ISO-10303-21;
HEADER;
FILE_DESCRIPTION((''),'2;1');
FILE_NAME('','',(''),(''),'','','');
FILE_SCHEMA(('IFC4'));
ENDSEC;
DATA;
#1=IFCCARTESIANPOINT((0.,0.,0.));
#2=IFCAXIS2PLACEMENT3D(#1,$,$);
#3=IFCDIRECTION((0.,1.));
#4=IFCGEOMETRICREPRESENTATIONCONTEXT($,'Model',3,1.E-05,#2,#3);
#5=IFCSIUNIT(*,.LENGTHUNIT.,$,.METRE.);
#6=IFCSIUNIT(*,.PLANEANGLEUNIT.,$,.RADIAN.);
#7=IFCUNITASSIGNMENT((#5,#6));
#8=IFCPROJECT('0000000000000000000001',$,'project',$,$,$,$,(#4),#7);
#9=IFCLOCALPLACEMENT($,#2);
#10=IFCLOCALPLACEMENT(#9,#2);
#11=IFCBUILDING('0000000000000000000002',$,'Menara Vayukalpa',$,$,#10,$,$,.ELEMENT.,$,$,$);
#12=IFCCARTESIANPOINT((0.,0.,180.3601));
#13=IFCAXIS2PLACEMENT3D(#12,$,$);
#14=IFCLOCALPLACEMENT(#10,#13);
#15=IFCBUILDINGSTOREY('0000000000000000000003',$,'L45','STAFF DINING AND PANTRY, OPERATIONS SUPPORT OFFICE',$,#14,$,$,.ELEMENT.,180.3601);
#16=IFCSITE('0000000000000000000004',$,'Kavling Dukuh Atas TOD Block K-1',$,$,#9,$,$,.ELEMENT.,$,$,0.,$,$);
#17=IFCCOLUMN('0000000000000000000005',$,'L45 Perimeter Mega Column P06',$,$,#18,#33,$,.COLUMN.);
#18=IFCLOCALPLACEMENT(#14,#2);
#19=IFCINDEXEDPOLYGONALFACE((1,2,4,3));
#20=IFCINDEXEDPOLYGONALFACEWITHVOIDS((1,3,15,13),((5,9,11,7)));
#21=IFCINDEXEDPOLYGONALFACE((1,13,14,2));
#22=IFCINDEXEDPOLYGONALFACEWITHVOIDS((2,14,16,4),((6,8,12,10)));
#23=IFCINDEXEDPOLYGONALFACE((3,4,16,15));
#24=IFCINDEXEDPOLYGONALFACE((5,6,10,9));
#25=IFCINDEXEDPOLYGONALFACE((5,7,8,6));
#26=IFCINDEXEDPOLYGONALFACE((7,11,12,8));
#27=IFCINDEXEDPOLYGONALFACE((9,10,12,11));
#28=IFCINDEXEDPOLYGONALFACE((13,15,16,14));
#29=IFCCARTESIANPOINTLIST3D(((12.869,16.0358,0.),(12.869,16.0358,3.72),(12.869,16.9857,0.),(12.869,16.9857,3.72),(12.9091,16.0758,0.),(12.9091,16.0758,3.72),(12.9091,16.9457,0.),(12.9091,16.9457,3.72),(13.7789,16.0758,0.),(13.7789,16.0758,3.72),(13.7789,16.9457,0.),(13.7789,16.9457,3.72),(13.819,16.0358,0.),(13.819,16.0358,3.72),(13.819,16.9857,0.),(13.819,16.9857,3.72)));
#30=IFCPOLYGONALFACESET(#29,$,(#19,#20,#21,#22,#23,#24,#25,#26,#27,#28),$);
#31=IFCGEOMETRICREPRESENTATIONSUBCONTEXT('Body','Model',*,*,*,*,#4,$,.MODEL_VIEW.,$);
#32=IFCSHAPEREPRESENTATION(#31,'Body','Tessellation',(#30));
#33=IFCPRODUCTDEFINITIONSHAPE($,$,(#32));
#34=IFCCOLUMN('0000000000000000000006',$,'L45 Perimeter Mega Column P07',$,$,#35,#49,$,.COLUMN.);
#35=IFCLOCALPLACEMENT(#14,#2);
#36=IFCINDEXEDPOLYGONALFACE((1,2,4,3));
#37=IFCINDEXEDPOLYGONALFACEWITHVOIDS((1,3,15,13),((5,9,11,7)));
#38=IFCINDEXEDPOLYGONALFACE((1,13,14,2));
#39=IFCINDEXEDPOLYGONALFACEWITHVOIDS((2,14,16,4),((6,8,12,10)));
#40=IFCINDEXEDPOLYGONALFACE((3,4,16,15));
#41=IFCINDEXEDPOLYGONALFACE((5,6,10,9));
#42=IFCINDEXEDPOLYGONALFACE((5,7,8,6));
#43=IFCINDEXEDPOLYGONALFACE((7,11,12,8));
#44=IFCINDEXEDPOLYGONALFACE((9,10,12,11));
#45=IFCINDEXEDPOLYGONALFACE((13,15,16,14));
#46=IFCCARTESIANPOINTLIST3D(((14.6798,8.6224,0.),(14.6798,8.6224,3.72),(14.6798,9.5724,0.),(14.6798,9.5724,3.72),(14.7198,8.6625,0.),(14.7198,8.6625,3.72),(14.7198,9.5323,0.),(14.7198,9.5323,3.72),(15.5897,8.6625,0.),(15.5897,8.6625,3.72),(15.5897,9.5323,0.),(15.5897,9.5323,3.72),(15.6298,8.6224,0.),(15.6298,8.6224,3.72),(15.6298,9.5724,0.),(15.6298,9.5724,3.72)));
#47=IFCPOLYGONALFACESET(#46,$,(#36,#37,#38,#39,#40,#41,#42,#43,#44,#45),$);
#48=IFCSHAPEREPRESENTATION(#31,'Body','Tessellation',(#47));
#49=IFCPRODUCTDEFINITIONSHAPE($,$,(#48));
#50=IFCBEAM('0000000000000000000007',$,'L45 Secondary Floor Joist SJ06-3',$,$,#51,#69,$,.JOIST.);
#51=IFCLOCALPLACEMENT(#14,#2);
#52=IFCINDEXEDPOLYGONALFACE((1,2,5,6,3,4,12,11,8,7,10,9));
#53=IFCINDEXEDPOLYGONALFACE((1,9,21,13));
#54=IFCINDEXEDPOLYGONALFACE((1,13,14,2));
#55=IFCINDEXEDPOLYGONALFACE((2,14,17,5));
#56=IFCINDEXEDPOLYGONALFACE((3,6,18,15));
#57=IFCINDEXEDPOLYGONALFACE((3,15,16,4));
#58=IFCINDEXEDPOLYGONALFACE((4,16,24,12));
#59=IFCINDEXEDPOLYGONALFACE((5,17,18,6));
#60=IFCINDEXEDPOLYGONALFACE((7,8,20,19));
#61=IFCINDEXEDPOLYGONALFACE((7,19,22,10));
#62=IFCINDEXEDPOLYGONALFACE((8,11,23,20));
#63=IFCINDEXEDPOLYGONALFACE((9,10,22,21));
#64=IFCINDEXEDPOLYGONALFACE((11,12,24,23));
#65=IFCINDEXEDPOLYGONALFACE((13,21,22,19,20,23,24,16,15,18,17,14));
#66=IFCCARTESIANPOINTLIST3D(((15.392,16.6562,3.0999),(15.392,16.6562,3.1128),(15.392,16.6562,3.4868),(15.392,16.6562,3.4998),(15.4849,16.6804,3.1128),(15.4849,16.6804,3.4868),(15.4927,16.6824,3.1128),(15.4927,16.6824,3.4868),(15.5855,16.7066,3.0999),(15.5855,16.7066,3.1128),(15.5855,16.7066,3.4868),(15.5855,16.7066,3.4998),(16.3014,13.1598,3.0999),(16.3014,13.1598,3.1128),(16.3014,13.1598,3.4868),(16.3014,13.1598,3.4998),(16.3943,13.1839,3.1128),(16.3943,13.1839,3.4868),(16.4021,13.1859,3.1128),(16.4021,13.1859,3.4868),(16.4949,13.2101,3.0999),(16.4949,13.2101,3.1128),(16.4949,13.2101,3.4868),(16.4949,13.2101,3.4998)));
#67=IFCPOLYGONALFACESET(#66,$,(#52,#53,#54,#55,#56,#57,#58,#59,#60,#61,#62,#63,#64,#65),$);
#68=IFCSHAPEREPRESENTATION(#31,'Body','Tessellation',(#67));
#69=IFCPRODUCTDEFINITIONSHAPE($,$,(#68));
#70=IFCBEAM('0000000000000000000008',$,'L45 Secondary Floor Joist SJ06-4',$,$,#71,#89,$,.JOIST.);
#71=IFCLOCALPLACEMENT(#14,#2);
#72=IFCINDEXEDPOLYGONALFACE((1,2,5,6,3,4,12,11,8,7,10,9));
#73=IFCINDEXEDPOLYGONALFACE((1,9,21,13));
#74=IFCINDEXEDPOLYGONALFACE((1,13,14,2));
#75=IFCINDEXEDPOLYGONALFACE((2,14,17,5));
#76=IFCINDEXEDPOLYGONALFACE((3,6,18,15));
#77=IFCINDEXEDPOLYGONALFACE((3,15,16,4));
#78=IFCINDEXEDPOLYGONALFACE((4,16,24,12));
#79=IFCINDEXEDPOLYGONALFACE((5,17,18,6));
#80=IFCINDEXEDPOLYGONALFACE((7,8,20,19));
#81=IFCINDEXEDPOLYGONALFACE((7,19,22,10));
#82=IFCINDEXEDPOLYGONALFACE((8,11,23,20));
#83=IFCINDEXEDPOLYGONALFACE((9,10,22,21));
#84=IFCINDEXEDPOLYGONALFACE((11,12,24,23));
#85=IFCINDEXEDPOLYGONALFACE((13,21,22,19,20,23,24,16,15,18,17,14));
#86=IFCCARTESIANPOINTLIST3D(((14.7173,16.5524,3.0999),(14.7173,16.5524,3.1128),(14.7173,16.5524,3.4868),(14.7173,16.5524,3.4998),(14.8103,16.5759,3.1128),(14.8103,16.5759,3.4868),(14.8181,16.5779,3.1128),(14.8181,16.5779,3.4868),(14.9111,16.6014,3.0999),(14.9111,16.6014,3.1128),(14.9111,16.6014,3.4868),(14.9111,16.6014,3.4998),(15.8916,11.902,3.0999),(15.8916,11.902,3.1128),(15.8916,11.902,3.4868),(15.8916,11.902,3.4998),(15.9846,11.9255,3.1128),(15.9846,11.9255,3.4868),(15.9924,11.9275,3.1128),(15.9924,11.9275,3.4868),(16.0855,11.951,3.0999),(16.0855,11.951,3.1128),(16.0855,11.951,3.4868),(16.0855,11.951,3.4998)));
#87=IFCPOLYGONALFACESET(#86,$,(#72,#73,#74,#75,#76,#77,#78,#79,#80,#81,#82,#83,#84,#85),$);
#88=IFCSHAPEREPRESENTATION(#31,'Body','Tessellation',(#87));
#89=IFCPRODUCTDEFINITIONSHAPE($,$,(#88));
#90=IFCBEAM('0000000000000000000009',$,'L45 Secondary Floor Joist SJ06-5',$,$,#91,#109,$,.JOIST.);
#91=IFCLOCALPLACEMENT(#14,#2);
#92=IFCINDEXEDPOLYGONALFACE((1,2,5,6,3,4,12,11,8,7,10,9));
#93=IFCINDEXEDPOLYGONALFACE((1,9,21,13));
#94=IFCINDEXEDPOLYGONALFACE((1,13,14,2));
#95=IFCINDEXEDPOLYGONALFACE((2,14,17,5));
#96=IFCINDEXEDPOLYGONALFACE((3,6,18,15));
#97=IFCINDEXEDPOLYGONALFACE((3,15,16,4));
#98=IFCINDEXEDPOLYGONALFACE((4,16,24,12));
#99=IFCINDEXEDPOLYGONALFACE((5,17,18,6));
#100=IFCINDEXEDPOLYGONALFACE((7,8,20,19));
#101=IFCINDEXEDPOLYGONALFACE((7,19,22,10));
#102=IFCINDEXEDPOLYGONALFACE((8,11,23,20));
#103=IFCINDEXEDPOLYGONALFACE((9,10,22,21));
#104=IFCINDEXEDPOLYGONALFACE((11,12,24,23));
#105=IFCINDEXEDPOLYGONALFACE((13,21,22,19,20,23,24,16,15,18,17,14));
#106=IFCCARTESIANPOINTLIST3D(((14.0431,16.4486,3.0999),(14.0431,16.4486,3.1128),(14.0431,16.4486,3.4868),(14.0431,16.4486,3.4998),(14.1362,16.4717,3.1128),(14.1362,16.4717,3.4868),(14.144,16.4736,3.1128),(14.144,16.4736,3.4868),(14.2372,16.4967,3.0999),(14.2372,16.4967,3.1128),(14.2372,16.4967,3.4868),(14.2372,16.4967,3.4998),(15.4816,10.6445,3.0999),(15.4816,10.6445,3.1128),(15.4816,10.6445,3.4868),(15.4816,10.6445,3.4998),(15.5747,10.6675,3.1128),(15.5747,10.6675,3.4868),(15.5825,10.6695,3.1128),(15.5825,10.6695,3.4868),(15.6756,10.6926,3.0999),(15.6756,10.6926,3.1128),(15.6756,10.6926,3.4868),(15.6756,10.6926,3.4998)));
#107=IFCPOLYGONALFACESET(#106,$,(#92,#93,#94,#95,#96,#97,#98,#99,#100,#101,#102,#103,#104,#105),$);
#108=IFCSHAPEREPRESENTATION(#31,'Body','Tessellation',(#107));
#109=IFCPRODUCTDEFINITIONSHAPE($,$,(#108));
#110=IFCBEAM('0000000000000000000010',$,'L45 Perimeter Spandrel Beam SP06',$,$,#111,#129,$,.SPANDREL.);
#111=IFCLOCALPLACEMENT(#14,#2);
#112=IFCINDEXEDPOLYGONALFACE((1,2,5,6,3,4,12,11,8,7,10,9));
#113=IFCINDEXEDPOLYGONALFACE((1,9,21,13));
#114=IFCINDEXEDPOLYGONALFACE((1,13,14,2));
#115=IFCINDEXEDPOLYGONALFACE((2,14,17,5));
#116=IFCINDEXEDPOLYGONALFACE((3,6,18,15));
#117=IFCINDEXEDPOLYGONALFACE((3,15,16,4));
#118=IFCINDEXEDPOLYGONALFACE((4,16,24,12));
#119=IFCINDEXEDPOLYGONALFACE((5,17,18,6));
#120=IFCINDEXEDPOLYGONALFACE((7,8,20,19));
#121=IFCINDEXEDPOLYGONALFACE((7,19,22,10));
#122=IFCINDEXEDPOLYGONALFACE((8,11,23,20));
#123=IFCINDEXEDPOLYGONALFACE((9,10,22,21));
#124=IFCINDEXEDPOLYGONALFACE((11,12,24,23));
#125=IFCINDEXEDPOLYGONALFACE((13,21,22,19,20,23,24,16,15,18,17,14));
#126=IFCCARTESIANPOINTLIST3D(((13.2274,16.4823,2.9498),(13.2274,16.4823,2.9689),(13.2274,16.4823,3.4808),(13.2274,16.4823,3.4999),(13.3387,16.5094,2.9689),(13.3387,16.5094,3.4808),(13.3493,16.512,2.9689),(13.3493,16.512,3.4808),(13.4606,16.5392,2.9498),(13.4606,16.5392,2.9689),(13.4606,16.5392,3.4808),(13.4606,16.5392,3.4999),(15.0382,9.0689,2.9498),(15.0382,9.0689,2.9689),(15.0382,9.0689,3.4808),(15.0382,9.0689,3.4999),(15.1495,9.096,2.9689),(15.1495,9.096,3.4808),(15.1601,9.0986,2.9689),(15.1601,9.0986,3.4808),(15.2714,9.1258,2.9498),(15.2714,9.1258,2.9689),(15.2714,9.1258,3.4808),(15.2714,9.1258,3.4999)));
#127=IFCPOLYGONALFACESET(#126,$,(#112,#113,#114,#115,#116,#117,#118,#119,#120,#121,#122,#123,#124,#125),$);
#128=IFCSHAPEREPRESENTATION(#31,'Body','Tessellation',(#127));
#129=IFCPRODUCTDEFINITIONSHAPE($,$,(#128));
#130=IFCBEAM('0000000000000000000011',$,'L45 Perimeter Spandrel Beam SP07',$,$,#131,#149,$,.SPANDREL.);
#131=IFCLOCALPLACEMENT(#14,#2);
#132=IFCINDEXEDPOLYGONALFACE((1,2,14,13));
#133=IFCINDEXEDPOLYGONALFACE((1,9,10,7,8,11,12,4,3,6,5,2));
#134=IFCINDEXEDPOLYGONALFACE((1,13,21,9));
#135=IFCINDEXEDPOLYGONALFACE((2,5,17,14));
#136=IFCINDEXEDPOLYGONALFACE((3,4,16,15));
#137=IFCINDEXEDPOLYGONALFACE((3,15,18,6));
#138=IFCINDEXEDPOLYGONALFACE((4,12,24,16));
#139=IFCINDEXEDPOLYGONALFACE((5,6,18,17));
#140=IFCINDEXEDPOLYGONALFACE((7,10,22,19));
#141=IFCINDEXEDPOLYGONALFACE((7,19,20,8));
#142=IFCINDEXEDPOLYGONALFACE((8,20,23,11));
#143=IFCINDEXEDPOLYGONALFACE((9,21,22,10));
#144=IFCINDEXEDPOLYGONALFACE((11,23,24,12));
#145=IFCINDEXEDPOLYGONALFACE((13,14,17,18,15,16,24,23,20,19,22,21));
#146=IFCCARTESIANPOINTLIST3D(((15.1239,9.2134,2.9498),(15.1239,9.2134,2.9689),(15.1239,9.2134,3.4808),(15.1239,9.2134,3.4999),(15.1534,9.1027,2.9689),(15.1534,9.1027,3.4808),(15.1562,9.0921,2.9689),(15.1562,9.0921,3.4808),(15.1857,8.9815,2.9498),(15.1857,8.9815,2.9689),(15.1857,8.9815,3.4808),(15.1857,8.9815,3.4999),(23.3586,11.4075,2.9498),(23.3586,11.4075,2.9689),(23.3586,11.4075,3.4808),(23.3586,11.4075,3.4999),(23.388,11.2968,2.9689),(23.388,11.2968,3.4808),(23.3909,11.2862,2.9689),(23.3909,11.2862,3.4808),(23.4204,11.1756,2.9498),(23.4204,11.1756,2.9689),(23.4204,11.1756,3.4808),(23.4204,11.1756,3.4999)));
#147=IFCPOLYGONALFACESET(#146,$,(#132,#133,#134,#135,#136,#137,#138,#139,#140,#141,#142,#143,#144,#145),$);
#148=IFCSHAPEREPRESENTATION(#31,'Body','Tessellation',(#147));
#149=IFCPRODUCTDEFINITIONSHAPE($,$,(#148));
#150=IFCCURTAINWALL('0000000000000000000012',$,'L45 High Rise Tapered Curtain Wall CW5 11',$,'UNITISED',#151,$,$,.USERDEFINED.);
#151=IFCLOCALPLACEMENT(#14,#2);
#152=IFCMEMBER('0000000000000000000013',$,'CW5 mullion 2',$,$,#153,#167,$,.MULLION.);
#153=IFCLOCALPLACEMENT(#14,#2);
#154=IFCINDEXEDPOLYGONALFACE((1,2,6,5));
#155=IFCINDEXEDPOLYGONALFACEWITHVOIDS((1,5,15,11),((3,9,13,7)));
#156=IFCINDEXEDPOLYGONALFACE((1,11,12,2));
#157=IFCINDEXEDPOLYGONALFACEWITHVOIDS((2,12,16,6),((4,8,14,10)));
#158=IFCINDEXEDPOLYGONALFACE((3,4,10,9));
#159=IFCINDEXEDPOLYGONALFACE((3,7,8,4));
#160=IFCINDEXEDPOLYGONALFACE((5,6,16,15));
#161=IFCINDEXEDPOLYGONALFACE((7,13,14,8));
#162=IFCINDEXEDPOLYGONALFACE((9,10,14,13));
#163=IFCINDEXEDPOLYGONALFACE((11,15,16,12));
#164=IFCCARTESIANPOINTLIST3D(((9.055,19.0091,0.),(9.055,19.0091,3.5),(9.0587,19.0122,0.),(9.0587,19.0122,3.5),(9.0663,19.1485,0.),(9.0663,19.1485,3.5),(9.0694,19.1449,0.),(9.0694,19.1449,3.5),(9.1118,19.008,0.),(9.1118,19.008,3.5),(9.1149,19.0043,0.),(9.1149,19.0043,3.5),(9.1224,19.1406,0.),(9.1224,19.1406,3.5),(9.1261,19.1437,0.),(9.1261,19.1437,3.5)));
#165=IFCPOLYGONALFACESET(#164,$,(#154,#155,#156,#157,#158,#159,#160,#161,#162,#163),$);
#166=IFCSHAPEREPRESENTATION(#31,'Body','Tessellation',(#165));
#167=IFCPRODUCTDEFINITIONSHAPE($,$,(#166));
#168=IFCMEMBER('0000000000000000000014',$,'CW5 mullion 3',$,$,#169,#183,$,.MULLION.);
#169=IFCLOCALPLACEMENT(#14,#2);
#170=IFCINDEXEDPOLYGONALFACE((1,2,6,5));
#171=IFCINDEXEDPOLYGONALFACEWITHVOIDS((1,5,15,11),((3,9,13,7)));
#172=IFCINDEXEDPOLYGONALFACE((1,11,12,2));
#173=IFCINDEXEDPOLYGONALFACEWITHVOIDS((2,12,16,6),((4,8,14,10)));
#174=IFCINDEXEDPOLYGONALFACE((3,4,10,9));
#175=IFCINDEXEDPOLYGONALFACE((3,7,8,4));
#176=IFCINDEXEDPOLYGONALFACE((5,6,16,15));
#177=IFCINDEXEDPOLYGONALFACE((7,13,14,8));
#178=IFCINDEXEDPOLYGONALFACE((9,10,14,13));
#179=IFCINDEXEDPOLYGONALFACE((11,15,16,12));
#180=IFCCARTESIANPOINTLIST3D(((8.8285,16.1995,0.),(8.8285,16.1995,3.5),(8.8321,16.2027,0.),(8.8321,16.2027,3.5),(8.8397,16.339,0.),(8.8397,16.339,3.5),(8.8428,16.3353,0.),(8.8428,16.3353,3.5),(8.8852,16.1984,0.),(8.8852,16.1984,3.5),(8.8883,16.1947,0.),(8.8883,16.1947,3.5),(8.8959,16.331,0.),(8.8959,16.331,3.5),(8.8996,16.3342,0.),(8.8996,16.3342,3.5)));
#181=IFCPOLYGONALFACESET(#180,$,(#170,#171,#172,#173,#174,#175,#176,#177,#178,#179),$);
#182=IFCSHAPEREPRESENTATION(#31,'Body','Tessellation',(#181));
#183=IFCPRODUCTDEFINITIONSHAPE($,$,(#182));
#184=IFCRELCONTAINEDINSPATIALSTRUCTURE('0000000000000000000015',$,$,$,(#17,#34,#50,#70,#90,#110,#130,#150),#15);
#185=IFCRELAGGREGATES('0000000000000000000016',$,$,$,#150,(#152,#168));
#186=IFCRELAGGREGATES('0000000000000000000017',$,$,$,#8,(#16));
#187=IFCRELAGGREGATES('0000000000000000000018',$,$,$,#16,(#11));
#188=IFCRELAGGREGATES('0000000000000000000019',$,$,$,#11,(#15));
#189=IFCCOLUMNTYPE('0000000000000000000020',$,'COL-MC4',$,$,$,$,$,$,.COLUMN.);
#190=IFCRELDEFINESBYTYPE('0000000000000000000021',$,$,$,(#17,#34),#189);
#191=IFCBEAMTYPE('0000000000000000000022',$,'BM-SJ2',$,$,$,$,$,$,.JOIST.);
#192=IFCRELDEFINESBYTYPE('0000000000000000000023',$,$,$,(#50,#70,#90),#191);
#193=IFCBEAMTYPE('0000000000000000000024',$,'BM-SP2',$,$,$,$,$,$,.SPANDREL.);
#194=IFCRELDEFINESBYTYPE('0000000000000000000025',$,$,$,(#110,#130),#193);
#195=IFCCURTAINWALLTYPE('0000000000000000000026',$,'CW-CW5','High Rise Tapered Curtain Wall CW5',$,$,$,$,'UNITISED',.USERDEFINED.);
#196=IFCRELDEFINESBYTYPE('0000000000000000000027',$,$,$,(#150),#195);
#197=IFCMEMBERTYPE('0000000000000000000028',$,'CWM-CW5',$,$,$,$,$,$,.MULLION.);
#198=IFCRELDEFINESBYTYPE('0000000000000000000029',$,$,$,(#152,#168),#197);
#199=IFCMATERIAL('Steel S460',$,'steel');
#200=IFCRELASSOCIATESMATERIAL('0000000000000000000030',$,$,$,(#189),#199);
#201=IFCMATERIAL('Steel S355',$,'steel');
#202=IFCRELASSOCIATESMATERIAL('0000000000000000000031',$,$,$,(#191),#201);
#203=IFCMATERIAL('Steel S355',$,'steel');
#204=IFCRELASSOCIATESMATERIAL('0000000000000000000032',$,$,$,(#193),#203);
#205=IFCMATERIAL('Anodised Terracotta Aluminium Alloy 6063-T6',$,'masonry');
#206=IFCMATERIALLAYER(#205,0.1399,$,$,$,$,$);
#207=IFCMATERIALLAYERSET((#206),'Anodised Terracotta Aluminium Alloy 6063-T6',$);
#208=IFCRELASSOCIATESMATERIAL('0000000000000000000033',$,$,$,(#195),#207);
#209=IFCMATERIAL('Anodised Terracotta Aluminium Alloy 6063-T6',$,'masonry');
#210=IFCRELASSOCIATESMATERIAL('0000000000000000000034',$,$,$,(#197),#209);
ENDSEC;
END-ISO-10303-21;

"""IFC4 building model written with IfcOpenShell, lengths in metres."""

from ifc_helpers import new_model, si_unit, direction, frame, origin, origin_2d, place, context, subcontext, project, spatial, hollow_rectangle, i_section, extrude, material, layer, layer_set, material_profile, profile_set, type_object, element, aggregate, save


model = new_model("IFC4")

# Units and contexts
model_context = context("Model", 3, precision=1e-05, world=origin(), true_north=direction((0.0, 1.0)))
body_context = subcontext(model_context, "Body", "Model", "MODEL_VIEW")
ifc_project = project(units=[si_unit("LENGTHUNIT", "METRE"), si_unit("PLANEANGLEUNIT", "RADIAN")], contexts=[model_context])

# Site, building, storey
site_placement = place(None, origin())
site = spatial("IfcSite", under=ifc_project, at=site_placement, Name="Kavling Dukuh Atas TOD Block K-1", CompositionType="ELEMENT", RefElevation=0.0)
building_placement = place(site_placement, origin())
building = spatial("IfcBuilding", under=site, at=building_placement, Name="Menara Vayukalpa", CompositionType="ELEMENT")
storey_placement = place(building_placement, frame((0.0, 0.0, 180.3601)))
storey = spatial("IfcBuildingStorey", under=building, at=storey_placement, Name="L45", Description="STAFF DINING AND PANTRY, OPERATIONS SUPPORT OFFICE", CompositionType="ELEMENT", Elevation=180.3601)

# Columns
ifc_material_1 = material(Name="Steel S460", Category="steel")
ifc_material_profile_1 = material_profile(ifc_material_1, hollow_rectangle(XDim=0.95, YDim=0.95, WallThickness=0.04, at=origin_2d()), Name="BOX 950x950x40")
ifc_profile_set_1 = profile_set([ifc_material_profile_1], Name="Steel S460")
column_type = type_object("IfcColumnType", Name="COL-MC4", PredefinedType="COLUMN", material=ifc_profile_set_1)
for number, where, z_axis, x_axis, name in (
    (1, (13.344, 16.5107, 0.0), (0.0, 0.0, 1.0), (1.0, 0.0, 0.0), "L45 Perimeter Mega Column P06"),
    (2, (15.1548, 9.0974, 0.0), (0.0, 0.0, 1.0), (1.0, 0.0, 0.0), "L45 Perimeter Mega Column P07"),
):
    element("IfcColumn", number, at=place(storey_placement, frame(where, z_axis=z_axis, x_axis=x_axis)), inside=storey, type_object=column_type, Name=name, PredefinedType="COLUMN", context=body_context, shape_type="SweptSolid", body=[
        extrude(hollow_rectangle(XDim=0.95, YDim=0.95, WallThickness=0.04, at=origin_2d()), origin(), (0.0, 0.0, 1.0), 3.72),
    ])

# Beams
ifc_material_2 = material(Name="Steel S355", Category="steel")
ifc_material_profile_2 = material_profile(ifc_material_2, i_section(OverallWidth=0.2, OverallDepth=0.3999, WebThickness=0.0081, FlangeThickness=0.0129, at=origin_2d()), Name="WF 400x200x8x13")
ifc_profile_set_2 = profile_set([ifc_material_profile_2], Name="Steel S355")
beam_type_1 = type_object("IfcBeamType", Name="BM-SJ2", PredefinedType="JOIST", material=ifc_profile_set_2)
beam_1_placement = place(storey_placement, frame((15.4888, 16.6814, 3.2998), z_axis=(0.251715, -0.967801, 0.0), x_axis=(0.967801, 0.251715, 0.0)))
element("IfcBeam", 3, at=beam_1_placement, inside=storey, type_object=beam_type_1, Name="L45 Secondary Floor Joist SJ06-3", PredefinedType="JOIST", context=body_context, shape_type="SweptSolid", body=[
    extrude(i_section(OverallWidth=0.2, OverallDepth=0.3999, WebThickness=0.0081, FlangeThickness=0.0129, at=origin_2d()), origin(), (0.0, 0.0, 1.0), 3.6128),
])
beam_2_placement = place(storey_placement, frame((14.8142, 16.5769, 3.2998), z_axis=(0.244834, -0.969565, 0.0), x_axis=(0.969565, 0.244834, 0.0)))
element("IfcBeam", 4, at=beam_2_placement, inside=storey, type_object=beam_type_1, Name="L45 Secondary Floor Joist SJ06-4", PredefinedType="JOIST", context=body_context, shape_type="SweptSolid", body=[
    extrude(i_section(OverallWidth=0.2, OverallDepth=0.3999, WebThickness=0.0081, FlangeThickness=0.0129, at=origin_2d()), origin(), (0.0, 0.0, 1.0), 4.7964),
])
beam_3_placement = place(storey_placement, frame((14.1401, 16.4727, 3.2998), z_axis=(0.240556, -0.970635, 0.0), x_axis=(0.970635, 0.240556, 0.0)))
element("IfcBeam", 5, at=beam_3_placement, inside=storey, type_object=beam_type_1, Name="L45 Secondary Floor Joist SJ06-5", PredefinedType="JOIST", context=body_context, shape_type="SweptSolid", body=[
    extrude(i_section(OverallWidth=0.2, OverallDepth=0.3999, WebThickness=0.0081, FlangeThickness=0.0129, at=origin_2d()), origin(), (0.0, 0.0, 1.0), 5.9797),
])
ifc_material_3 = material(Name="Steel S355", Category="steel")
ifc_material_profile_3 = material_profile(ifc_material_3, i_section(OverallWidth=0.24, OverallDepth=0.55, WebThickness=0.011, FlangeThickness=0.019, at=origin_2d()), Name="WF 550x240x11x19")
ifc_profile_set_3 = profile_set([ifc_material_profile_3], Name="Steel S355")
beam_type_2 = type_object("IfcBeamType", Name="BM-SP2", PredefinedType="SPANDREL", material=ifc_profile_set_3)
beam_4_placement = place(storey_placement, frame((13.344, 16.5107, 3.2249), z_axis=(0.237285, -0.97144, 0.0), x_axis=(0.97144, 0.237285, 0.0)))
element("IfcBeam", 6, at=beam_4_placement, inside=storey, type_object=beam_type_2, Name="L45 Perimeter Spandrel Beam SP06", PredefinedType="SPANDREL", context=body_context, shape_type="SweptSolid", body=[
    extrude(i_section(OverallWidth=0.24, OverallDepth=0.55, WebThickness=0.011, FlangeThickness=0.019, at=origin_2d()), origin(), (0.0, 0.0, 1.0), 7.6313),
])
beam_5_placement = place(storey_placement, frame((15.1548, 9.0974, 3.2249), z_axis=(0.966288, 0.257465, 0.0), x_axis=(-0.257465, 0.966288, 0.0)))
element("IfcBeam", 7, at=beam_5_placement, inside=storey, type_object=beam_type_2, Name="L45 Perimeter Spandrel Beam SP07", PredefinedType="SPANDREL", context=body_context, shape_type="SweptSolid", body=[
    extrude(i_section(OverallWidth=0.24, OverallDepth=0.55, WebThickness=0.011, FlangeThickness=0.019, at=origin_2d()), origin(), (0.0, 0.0, 1.0), 8.522),
])

# Curtain wall, members
ifc_material_4 = material(Name="Anodised Terracotta Aluminium Alloy 6063-T6", Category="masonry")
ifc_layer_1 = layer(ifc_material_4, 0.1399)
ifc_layer_set_1 = layer_set([ifc_layer_1], Name="Anodised Terracotta Aluminium Alloy 6063-T6")
curtain_wall_type = type_object("IfcCurtainWallType", Name="CW-CW5", Description="High Rise Tapered Curtain Wall CW5", ElementType="UNITISED", PredefinedType="USERDEFINED", material=ifc_layer_set_1)
curtain_wall_placement = place(storey_placement, origin())
curtain_wall = element("IfcCurtainWall", 8, at=curtain_wall_placement, inside=storey, type_object=curtain_wall_type, Name="L45 High Rise Tapered Curtain Wall CW5 11", ObjectType="UNITISED", PredefinedType="USERDEFINED")
ifc_material_5 = material(Name="Anodised Terracotta Aluminium Alloy 6063-T6", Category="masonry")
ifc_material_profile_4 = material_profile(ifc_material_5, hollow_rectangle(XDim=0.0601, YDim=0.1399, WallThickness=0.0034, at=origin_2d()), Name="ALU 60x140x3.5")
ifc_profile_set_4 = profile_set([ifc_material_profile_4], Name="Anodised Terracotta Aluminium Alloy 6063-T6")
member_type_1 = type_object("IfcMemberType", Name="CWM-CW5", PredefinedType="MULLION", material=ifc_profile_set_4)
member_1_placement = place(storey_placement, frame((9.0906, 19.0764, 0.0), z_axis=(0.0, 0.0, 1.0), x_axis=(0.996765, -0.080374, 0.0)))
member_1 = element("IfcMember", 9, at=member_1_placement, type_object=member_type_1, Name="CW5 mullion 2", PredefinedType="MULLION", context=body_context, shape_type="SweptSolid", body=[
    extrude(hollow_rectangle(XDim=0.0601, YDim=0.1399, WallThickness=0.0034, at=origin_2d()), origin(), (0.0, 0.0, 1.0), 3.5),
])
member_2_placement = place(storey_placement, frame((8.864, 16.2668, 0.0), z_axis=(0.0, 0.0, 1.0), x_axis=(0.996765, -0.080374, 0.0)))
member_2 = element("IfcMember", 10, at=member_2_placement, type_object=member_type_1, Name="CW5 mullion 3", PredefinedType="MULLION", context=body_context, shape_type="SweptSolid", body=[
    extrude(hollow_rectangle(XDim=0.0601, YDim=0.1399, WallThickness=0.0034, at=origin_2d()), origin(), (0.0, 0.0, 1.0), 3.5),
])
aggregate(curtain_wall, [member_1, member_2])

save(model, "model.ifc")
